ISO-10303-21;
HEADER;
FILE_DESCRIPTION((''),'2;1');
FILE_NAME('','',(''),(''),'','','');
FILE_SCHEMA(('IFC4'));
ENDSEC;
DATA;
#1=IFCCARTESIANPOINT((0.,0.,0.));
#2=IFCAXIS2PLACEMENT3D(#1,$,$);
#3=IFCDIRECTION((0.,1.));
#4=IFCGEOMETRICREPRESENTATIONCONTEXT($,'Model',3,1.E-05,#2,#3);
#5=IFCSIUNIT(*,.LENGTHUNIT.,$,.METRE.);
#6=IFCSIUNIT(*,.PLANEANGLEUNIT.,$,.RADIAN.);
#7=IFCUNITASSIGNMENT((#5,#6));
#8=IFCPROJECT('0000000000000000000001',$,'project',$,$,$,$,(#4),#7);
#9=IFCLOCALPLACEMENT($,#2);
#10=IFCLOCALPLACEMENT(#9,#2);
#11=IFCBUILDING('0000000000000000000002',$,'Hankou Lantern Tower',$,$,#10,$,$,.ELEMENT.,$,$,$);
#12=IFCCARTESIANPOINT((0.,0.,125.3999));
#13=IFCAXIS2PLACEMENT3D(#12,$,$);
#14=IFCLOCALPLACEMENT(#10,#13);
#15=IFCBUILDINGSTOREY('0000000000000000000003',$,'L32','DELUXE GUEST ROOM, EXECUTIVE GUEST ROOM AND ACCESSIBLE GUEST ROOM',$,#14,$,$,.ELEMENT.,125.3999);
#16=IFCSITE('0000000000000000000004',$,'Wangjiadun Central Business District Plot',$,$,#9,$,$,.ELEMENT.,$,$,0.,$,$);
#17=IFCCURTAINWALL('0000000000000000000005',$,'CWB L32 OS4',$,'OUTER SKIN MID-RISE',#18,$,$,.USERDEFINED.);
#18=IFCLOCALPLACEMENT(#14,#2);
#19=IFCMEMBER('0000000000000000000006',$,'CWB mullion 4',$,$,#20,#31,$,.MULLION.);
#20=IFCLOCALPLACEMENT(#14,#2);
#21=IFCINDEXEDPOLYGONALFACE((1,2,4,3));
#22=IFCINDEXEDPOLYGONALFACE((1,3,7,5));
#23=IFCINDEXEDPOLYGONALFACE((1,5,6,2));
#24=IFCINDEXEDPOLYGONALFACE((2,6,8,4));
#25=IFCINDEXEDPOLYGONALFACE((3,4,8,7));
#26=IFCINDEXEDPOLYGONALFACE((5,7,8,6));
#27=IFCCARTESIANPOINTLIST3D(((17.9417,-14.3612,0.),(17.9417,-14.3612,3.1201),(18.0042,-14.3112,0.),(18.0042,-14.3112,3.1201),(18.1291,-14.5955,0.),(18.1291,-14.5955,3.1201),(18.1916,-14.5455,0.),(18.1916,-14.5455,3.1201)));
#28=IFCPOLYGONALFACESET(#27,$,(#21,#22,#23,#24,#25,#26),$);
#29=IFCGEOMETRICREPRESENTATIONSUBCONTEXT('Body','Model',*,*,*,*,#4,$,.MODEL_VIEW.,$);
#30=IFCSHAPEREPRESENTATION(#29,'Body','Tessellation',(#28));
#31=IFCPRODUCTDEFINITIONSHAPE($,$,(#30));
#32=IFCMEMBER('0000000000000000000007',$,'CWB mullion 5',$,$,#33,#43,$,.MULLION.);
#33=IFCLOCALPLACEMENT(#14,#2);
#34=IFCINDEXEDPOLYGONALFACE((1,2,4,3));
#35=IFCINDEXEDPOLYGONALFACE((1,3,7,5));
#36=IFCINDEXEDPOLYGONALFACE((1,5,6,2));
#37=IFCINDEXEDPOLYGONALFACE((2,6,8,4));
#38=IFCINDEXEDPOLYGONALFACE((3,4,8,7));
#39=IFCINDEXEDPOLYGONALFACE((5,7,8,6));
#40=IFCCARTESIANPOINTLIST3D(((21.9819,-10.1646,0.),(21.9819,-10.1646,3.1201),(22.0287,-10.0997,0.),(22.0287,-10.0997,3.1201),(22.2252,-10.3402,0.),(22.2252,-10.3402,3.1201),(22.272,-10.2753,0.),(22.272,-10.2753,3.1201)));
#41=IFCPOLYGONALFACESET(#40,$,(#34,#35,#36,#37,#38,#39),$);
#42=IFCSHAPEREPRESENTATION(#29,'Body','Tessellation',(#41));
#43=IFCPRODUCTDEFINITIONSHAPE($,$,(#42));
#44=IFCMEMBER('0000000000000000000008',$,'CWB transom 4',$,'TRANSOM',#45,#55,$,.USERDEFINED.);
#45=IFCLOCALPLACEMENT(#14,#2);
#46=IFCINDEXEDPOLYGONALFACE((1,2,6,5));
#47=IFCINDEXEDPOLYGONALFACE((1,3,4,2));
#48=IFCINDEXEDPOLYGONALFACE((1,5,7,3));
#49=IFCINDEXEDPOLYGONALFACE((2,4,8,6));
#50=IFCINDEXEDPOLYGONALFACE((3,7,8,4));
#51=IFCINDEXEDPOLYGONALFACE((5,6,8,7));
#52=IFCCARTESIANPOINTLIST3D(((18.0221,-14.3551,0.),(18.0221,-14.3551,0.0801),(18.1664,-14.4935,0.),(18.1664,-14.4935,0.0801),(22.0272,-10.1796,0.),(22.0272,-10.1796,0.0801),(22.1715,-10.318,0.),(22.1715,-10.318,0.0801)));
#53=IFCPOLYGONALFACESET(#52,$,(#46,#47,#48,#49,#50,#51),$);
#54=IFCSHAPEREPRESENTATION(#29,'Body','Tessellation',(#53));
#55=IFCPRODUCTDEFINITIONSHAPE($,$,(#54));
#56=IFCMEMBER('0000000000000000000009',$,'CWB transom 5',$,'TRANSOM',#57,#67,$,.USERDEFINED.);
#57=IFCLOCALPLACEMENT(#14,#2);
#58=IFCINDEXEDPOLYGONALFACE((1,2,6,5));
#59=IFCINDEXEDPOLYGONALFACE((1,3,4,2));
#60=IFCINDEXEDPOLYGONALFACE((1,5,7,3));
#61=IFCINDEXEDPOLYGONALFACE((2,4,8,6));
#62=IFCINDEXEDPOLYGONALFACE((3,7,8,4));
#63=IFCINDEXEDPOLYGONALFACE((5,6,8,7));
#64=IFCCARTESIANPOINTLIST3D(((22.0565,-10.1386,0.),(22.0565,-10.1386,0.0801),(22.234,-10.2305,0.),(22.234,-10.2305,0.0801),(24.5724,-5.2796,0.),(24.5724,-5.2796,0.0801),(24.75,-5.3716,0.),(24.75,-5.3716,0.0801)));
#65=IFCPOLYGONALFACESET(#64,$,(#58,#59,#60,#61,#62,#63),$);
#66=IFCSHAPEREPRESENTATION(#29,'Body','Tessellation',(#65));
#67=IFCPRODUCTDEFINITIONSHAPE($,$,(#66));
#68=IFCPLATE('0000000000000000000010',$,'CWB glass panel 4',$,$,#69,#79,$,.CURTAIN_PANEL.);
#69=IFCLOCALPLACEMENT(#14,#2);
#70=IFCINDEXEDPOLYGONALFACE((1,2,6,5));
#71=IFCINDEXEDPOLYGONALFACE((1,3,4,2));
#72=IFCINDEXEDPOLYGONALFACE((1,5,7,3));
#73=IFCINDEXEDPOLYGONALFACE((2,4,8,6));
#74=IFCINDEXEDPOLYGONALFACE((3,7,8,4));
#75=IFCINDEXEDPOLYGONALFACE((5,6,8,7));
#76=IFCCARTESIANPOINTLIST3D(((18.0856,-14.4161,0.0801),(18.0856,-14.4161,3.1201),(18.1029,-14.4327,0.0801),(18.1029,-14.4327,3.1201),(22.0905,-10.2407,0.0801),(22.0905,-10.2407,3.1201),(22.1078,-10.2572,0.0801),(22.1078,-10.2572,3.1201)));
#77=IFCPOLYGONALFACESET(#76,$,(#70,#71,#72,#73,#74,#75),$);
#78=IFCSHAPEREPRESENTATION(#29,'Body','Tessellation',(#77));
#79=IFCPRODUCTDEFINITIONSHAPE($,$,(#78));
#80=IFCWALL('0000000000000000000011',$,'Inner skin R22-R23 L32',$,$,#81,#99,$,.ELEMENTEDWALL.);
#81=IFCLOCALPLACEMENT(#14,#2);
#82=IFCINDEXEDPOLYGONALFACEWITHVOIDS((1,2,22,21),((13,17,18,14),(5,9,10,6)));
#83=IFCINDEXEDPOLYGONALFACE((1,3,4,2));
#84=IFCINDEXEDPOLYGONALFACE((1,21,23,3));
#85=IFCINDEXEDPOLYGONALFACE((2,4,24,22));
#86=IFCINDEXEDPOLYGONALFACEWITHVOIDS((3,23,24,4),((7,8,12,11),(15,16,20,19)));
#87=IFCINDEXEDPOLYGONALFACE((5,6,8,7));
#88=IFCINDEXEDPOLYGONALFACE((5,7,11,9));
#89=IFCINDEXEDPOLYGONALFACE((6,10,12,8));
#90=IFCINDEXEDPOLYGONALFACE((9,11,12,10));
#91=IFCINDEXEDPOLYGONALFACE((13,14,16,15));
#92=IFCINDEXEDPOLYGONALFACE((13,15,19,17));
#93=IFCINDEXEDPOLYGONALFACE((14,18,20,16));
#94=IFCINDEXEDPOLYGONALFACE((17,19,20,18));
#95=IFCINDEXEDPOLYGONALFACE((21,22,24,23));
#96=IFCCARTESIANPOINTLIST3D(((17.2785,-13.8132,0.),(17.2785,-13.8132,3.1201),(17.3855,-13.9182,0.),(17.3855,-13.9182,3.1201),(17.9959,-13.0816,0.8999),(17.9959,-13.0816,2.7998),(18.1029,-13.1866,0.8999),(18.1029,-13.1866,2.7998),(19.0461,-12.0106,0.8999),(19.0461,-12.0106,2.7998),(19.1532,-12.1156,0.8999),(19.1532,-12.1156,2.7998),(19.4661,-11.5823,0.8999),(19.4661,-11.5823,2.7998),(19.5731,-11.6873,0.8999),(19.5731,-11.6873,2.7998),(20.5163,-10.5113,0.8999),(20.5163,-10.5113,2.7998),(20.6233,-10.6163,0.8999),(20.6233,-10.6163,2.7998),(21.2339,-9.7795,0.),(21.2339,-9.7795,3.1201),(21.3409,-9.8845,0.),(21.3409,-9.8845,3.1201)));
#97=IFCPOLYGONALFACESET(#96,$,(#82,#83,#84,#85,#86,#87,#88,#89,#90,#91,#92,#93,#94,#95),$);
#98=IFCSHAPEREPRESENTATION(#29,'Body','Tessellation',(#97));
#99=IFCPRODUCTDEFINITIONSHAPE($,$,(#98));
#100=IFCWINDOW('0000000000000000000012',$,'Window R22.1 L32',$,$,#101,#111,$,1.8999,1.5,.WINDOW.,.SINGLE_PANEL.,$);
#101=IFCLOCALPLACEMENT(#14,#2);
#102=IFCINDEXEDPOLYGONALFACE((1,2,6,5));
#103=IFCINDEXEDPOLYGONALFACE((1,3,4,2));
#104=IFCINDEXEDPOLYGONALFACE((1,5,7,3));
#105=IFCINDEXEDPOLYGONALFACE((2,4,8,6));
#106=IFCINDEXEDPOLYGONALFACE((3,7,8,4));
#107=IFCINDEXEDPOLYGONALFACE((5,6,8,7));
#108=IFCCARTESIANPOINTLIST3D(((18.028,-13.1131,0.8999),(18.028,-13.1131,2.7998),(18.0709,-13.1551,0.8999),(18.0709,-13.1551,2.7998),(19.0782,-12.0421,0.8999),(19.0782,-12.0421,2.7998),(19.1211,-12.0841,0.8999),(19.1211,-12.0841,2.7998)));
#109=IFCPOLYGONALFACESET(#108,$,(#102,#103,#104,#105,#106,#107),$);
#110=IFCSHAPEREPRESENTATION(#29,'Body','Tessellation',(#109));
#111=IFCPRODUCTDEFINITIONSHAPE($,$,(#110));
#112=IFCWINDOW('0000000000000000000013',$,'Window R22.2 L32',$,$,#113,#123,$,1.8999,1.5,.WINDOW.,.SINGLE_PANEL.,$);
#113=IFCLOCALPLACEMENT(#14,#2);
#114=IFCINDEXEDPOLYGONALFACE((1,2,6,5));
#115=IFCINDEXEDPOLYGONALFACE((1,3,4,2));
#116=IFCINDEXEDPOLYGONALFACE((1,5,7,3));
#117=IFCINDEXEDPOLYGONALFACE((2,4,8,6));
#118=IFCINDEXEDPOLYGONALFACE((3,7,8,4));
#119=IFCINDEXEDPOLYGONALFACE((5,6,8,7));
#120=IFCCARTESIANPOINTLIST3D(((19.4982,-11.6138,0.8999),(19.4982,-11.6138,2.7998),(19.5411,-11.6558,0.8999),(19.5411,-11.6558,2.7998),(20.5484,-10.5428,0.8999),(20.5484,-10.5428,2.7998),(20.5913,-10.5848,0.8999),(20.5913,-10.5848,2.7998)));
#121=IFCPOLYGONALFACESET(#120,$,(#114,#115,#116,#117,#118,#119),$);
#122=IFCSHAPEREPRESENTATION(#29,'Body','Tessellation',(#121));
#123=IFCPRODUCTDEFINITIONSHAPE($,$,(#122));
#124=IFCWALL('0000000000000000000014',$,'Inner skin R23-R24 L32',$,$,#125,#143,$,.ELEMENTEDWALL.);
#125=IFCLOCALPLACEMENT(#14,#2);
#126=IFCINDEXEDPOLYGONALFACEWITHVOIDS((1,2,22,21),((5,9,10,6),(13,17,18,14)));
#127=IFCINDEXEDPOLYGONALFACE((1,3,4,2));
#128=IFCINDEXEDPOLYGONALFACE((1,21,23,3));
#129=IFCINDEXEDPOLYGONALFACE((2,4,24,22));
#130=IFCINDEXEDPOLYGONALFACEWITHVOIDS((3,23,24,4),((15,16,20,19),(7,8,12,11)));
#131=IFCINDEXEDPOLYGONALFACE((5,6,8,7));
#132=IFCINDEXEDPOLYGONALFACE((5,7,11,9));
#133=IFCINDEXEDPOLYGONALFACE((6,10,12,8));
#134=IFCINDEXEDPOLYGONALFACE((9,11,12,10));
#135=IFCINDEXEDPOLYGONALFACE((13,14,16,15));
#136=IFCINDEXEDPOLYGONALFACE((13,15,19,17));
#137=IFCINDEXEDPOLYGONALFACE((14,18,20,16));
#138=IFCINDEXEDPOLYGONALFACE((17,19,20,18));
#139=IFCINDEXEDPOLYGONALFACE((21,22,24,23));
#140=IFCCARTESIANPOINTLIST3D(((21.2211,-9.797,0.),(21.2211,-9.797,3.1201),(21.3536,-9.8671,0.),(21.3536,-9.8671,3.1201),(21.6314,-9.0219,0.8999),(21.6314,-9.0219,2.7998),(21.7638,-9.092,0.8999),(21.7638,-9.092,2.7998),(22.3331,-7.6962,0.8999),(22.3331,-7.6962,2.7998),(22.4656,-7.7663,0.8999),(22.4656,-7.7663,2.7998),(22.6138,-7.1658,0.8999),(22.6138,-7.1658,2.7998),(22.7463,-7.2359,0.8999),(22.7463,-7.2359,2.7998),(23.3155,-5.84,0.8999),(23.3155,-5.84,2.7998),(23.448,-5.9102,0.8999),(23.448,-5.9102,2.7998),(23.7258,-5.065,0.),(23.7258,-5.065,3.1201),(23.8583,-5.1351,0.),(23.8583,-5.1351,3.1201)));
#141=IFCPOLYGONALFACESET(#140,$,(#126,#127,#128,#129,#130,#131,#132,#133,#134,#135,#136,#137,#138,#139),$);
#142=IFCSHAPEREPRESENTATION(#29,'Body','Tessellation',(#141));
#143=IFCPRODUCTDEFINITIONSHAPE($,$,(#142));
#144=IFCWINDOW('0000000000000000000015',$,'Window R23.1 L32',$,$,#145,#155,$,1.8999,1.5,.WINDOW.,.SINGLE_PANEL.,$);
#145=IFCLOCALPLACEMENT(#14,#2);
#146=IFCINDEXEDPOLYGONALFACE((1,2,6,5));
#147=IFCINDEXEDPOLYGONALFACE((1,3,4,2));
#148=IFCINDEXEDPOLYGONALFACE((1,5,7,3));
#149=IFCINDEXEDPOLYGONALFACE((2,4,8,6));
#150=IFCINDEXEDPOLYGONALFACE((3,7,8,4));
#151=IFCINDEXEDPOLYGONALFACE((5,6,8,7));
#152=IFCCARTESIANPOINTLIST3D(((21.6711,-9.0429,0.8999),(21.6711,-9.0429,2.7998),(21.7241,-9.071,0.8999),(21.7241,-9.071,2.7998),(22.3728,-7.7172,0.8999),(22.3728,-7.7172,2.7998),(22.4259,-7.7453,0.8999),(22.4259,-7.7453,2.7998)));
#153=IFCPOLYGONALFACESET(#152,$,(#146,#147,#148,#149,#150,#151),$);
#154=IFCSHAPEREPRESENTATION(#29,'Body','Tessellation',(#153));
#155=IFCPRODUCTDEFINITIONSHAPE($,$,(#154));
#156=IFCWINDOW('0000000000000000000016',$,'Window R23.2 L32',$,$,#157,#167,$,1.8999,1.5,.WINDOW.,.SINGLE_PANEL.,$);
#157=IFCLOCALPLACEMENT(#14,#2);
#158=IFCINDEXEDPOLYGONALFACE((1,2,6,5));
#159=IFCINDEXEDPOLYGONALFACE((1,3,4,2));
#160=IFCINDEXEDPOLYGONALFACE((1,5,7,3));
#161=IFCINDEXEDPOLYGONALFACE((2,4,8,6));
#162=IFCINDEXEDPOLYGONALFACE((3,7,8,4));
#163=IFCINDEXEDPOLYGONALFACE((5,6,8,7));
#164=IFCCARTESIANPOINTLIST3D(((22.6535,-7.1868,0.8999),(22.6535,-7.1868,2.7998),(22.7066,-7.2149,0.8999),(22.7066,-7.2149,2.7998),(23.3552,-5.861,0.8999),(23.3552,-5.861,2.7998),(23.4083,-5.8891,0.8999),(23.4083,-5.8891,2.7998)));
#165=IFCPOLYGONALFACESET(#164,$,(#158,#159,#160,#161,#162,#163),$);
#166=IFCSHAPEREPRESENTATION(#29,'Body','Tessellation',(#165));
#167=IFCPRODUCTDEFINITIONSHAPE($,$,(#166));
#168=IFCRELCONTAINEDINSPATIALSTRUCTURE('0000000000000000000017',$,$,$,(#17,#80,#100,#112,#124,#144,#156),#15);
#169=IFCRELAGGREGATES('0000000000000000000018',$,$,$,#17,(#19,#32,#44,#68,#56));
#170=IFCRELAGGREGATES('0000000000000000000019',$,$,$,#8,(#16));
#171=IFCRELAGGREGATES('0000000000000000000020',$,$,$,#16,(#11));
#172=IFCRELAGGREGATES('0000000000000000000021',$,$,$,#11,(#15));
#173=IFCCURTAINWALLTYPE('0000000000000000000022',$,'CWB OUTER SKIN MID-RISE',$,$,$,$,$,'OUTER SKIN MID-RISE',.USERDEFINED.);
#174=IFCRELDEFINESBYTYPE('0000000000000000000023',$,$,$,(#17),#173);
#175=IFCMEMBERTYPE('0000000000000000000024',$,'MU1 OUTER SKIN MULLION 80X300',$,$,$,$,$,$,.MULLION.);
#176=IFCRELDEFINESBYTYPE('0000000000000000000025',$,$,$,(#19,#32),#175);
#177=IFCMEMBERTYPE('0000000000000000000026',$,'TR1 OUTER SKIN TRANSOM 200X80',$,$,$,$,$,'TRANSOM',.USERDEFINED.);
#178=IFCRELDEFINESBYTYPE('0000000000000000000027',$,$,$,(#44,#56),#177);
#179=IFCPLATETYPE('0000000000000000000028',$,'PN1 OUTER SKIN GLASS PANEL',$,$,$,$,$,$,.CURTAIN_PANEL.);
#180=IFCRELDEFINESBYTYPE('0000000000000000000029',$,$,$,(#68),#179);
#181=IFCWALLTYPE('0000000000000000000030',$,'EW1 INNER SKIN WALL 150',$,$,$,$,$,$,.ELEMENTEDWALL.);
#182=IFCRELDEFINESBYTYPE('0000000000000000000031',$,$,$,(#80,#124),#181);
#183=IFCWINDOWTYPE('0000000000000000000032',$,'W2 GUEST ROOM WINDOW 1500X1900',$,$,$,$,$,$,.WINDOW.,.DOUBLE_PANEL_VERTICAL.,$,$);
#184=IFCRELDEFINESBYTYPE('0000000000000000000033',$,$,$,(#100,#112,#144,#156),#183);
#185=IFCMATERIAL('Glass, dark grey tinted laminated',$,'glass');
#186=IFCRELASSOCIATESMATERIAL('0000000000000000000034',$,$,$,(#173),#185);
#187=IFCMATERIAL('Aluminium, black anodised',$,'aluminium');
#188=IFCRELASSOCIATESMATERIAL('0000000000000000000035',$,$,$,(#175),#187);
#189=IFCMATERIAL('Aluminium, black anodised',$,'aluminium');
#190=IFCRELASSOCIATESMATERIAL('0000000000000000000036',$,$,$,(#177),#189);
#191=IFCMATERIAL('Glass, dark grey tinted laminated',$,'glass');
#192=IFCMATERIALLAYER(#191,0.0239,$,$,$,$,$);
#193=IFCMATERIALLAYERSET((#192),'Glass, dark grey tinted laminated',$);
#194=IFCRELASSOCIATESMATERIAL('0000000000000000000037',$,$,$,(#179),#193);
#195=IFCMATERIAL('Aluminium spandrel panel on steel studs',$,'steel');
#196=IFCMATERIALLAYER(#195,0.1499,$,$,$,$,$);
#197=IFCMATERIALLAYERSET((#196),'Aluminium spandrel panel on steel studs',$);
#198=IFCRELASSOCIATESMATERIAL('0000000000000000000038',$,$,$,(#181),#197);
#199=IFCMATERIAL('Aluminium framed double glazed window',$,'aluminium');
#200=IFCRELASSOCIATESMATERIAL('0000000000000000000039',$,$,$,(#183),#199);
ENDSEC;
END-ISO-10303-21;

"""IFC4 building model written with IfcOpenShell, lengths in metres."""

from ifc_helpers import new_model, si_unit, direction, frame, frame_2d, origin, origin_2d, place, context, subcontext, project, spatial, rectangle, extrude, material, layer, layer_set, material_profile, profile_set, type_object, element, fill, aggregate, save


model = new_model("IFC4")

# Units and contexts
model_context = context("Model", 3, precision=1e-05, world=origin(), true_north=direction((0.0, 1.0)))
body_context = subcontext(model_context, "Body", "Model", "MODEL_VIEW")
ifc_project = project(units=[si_unit("LENGTHUNIT", "METRE"), si_unit("PLANEANGLEUNIT", "RADIAN")], contexts=[model_context])

# Site, building, storey
site_placement = place(None, origin())
site = spatial("IfcSite", under=ifc_project, at=site_placement, Name="Wangjiadun Central Business District Plot", CompositionType="ELEMENT", RefElevation=0.0)
building_placement = place(site_placement, origin())
building = spatial("IfcBuilding", under=site, at=building_placement, Name="Hankou Lantern Tower", CompositionType="ELEMENT")
storey_placement = place(building_placement, frame((0.0, 0.0, 125.3999)))
storey = spatial("IfcBuildingStorey", under=building, at=storey_placement, Name="L32", Description="DELUXE GUEST ROOM, EXECUTIVE GUEST ROOM AND ACCESSIBLE GUEST ROOM", CompositionType="ELEMENT", Elevation=125.3999)

# Curtain wall, members, plate
ifc_material_1 = material(Name="Glass, dark grey tinted laminated", Category="glass")
curtain_wall_type = type_object("IfcCurtainWallType", Name="CWB OUTER SKIN MID-RISE", ElementType="OUTER SKIN MID-RISE", PredefinedType="USERDEFINED", material=ifc_material_1)
curtain_wall_placement = place(storey_placement, origin())
curtain_wall = element("IfcCurtainWall", 1, at=curtain_wall_placement, inside=storey, type_object=curtain_wall_type, Name="CWB L32 OS4", ObjectType="OUTER SKIN MID-RISE", PredefinedType="USERDEFINED")
ifc_material_2 = material(Name="Aluminium, black anodised", Category="aluminium")
ifc_material_profile_1 = material_profile(ifc_material_2, rectangle(XDim=0.0801, YDim=0.3, at=origin_2d()), Name="MU1 80X300")
ifc_profile_set_1 = profile_set([ifc_material_profile_1], Name="Aluminium, black anodised")
member_type_1 = type_object("IfcMemberType", Name="MU1 OUTER SKIN MULLION 80X300", PredefinedType="MULLION", material=ifc_profile_set_1)
member_1_placement = place(storey_placement, frame((18.0667, -14.4534, 0.0), z_axis=(0.0, 0.0, 1.0), x_axis=(0.780869, 0.624695, 0.0)))
member_1 = element("IfcMember", 2, at=member_1_placement, type_object=member_type_1, Name="CWB mullion 4", PredefinedType="MULLION", context=body_context, shape_type="SweptSolid", body=[
    extrude(rectangle(XDim=0.0801, YDim=0.3, at=origin_2d()), origin(), (0.0, 0.0, 1.0), 3.1201),
])
member_2_placement = place(storey_placement, frame((22.127, -10.22, 0.0), z_axis=(0.0, 0.0, 1.0), x_axis=(0.585206, 0.810885, 0.0)))
member_2 = element("IfcMember", 3, at=member_2_placement, type_object=member_type_1, Name="CWB mullion 5", PredefinedType="MULLION", context=body_context, shape_type="SweptSolid", body=[
    extrude(rectangle(XDim=0.0801, YDim=0.3, at=origin_2d()), origin(), (0.0, 0.0, 1.0), 3.1201),
])
ifc_material_3 = material(Name="Aluminium, black anodised", Category="aluminium")
ifc_material_profile_2 = material_profile(ifc_material_3, rectangle(XDim=0.2, YDim=0.0801, at=origin_2d()), Name="TR1 200X80")
ifc_profile_set_2 = profile_set([ifc_material_profile_2], Name="Aluminium, black anodised")
member_type_2 = type_object("IfcMemberType", Name="TR1 OUTER SKIN TRANSOM 200X80", ElementType="TRANSOM", PredefinedType="USERDEFINED", material=ifc_profile_set_2)
member_3_placement = place(storey_placement, frame((18.0942, -14.4243, 0.04), z_axis=(0.692227, 0.72168, 0.0), x_axis=(-0.72168, 0.692227, 0.0)))
member_3 = element("IfcMember", 4, at=member_3_placement, type_object=member_type_2, Name="CWB transom 4", ObjectType="TRANSOM", PredefinedType="USERDEFINED", context=body_context, shape_type="SweptSolid", body=[
    extrude(rectangle(XDim=0.2, YDim=0.0801, at=origin_2d()), origin(), (0.0, 0.0, 1.0), 5.7859),
])
member_4_placement = place(storey_placement, frame((22.1453, -10.1846, 0.04), z_axis=(0.459805, 0.88802, 0.0), x_axis=(-0.88802, 0.459805, 0.0)))
member_4 = element("IfcMember", 5, at=member_4_placement, type_object=member_type_2, Name="CWB transom 5", ObjectType="TRANSOM", PredefinedType="USERDEFINED", context=body_context, shape_type="SweptSolid", body=[
    extrude(rectangle(XDim=0.2, YDim=0.0801, at=origin_2d()), origin(), (0.0, 0.0, 1.0), 5.4717),
])
ifc_material_4 = material(Name="Glass, dark grey tinted laminated", Category="glass")
ifc_layer_1 = layer(ifc_material_4, 0.0239)
ifc_layer_set_1 = layer_set([ifc_layer_1], Name="Glass, dark grey tinted laminated")
plate_type = type_object("IfcPlateType", Name="PN1 OUTER SKIN GLASS PANEL", PredefinedType="CURTAIN_PANEL", material=ifc_layer_set_1)
plate_placement = place(storey_placement, frame((20.0967, -12.3367, 0.0801), z_axis=(0.0, 0.0, 1.0), x_axis=(0.692216, 0.721691, 0.0)))
plate = element("IfcPlate", 6, at=plate_placement, type_object=plate_type, Name="CWB glass panel 4", PredefinedType="CURTAIN_PANEL", context=body_context, shape_type="SweptSolid", body=[
    extrude(rectangle(XDim=5.7856, YDim=0.0239, at=origin_2d()), origin(), (0.0, 0.0, 1.0), 3.04),
])
aggregate(curtain_wall, [member_1, member_2, member_3, plate, member_4])

# Walls, openings, windows
ifc_material_5 = material(Name="Aluminium spandrel panel on steel studs", Category="steel")
ifc_layer_2 = layer(ifc_material_5, 0.1499)
ifc_layer_set_2 = layer_set([ifc_layer_2], Name="Aluminium spandrel panel on steel studs")
wall_type = type_object("IfcWallType", Name="EW1 INNER SKIN WALL 150", PredefinedType="ELEMENTEDWALL", material=ifc_layer_set_2)
wall_1_placement = place(storey_placement, frame((17.332, -13.8657, 0.0), z_axis=(0.0, 0.0, 1.0), x_axis=(0.700137, 0.714009, 0.0)))
wall_1 = element("IfcWall", 7, at=wall_1_placement, inside=storey, type_object=wall_type, Name="Inner skin R22-R23 L32", PredefinedType="ELEMENTEDWALL", context=body_context, shape_type="SweptSolid", body=[
    extrude(rectangle(XDim=5.6494, YDim=0.1499, at=frame_2d((2.8247, 0.0))), origin(), (0.0, 0.0, 1.0), 3.1201),
])
opening_1_placement = place(wall_1_placement, frame((1.0247, 0.0, 0.8999)))
opening_1 = element("IfcOpeningElement", 8, at=opening_1_placement, cuts=wall_1, PredefinedType="OPENING", context=body_context, shape_type="SweptSolid", body=[
    extrude(rectangle(XDim=1.5, YDim=1.8999, at=frame_2d((0.75, 0.95))), frame((0.0, 0.085, 0.0), z_axis=(0.0, -1.0, 0.0), x_axis=(1.0, 0.0, 0.0)), (0.0, 0.0, 1.0), 0.1699),
])
opening_2_placement = place(wall_1_placement, frame((3.1245, 0.0, 0.8999)))
opening_2 = element("IfcOpeningElement", 9, at=opening_2_placement, cuts=wall_1, PredefinedType="OPENING", context=body_context, shape_type="SweptSolid", body=[
    extrude(rectangle(XDim=1.5, YDim=1.8999, at=frame_2d((0.75, 0.95))), frame((0.0, 0.085, 0.0), z_axis=(0.0, -1.0, 0.0), x_axis=(1.0, 0.0, 0.0)), (0.0, 0.0, 1.0), 0.1699),
])
ifc_material_6 = material(Name="Aluminium framed double glazed window", Category="aluminium")
window_type = type_object("IfcWindowType", Name="W2 GUEST ROOM WINDOW 1500X1900", PartitioningType="DOUBLE_PANEL_VERTICAL", PredefinedType="WINDOW", material=ifc_material_6)
window_1_placement = place(opening_1_placement, origin())
window_1 = element("IfcWindow", 10, at=window_1_placement, inside=storey, type_object=window_type, Name="Window R22.1 L32", OverallHeight=1.8999, OverallWidth=1.5, PartitioningType="SINGLE_PANEL", PredefinedType="WINDOW", context=body_context, shape_type="SweptSolid", body=[
    extrude(rectangle(XDim=1.5, YDim=1.8999, at=frame_2d((0.75, 0.95))), frame((0.0, 0.03, 0.0), z_axis=(0.0, -1.0, 0.0), x_axis=(1.0, 0.0, 0.0)), (0.0, 0.0, 1.0), 0.0601),
])
fill(opening_1, window_1)
window_2_placement = place(opening_2_placement, origin())
window_2 = element("IfcWindow", 11, at=window_2_placement, inside=storey, type_object=window_type, Name="Window R22.2 L32", OverallHeight=1.8999, OverallWidth=1.5, PartitioningType="SINGLE_PANEL", PredefinedType="WINDOW", context=body_context, shape_type="SweptSolid", body=[
    extrude(rectangle(XDim=1.5, YDim=1.8999, at=frame_2d((0.75, 0.95))), frame((0.0, 0.03, 0.0), z_axis=(0.0, -1.0, 0.0), x_axis=(1.0, 0.0, 0.0)), (0.0, 0.0, 1.0), 0.0601),
])
fill(opening_2, window_2)
wall_2_placement = place(storey_placement, frame((21.2874, -9.832, 0.0), z_axis=(0.0, 0.0, 1.0), x_axis=(0.467814, 0.883827, 0.0)))
wall_2 = element("IfcWall", 12, at=wall_2_placement, inside=storey, type_object=wall_type, Name="Inner skin R23-R24 L32", PredefinedType="ELEMENTEDWALL", context=body_context, shape_type="SweptSolid", body=[
    extrude(rectangle(XDim=5.354, YDim=0.1499, at=frame_2d((2.677, 0.0))), origin(), (0.0, 0.0, 1.0), 3.1201),
])
opening_3_placement = place(wall_2_placement, frame((0.877, 0.0, 0.8999)))
opening_3 = element("IfcOpeningElement", 13, at=opening_3_placement, cuts=wall_2, PredefinedType="OPENING", context=body_context, shape_type="SweptSolid", body=[
    extrude(rectangle(XDim=1.5, YDim=1.8999, at=frame_2d((0.75, 0.95))), frame((0.0, 0.085, 0.0), z_axis=(0.0, -1.0, 0.0), x_axis=(1.0, 0.0, 0.0)), (0.0, 0.0, 1.0), 0.1699),
])
opening_4_placement = place(wall_2_placement, frame((2.9771, 0.0, 0.8999)))
opening_4 = element("IfcOpeningElement", 14, at=opening_4_placement, cuts=wall_2, PredefinedType="OPENING", context=body_context, shape_type="SweptSolid", body=[
    extrude(rectangle(XDim=1.5, YDim=1.8999, at=frame_2d((0.75, 0.95))), frame((0.0, 0.085, 0.0), z_axis=(0.0, -1.0, 0.0), x_axis=(1.0, 0.0, 0.0)), (0.0, 0.0, 1.0), 0.1699),
])
window_3_placement = place(opening_3_placement, origin())
window_3 = element("IfcWindow", 15, at=window_3_placement, inside=storey, type_object=window_type, Name="Window R23.1 L32", OverallHeight=1.8999, OverallWidth=1.5, PartitioningType="SINGLE_PANEL", PredefinedType="WINDOW", context=body_context, shape_type="SweptSolid", body=[
    extrude(rectangle(XDim=1.5, YDim=1.8999, at=frame_2d((0.75, 0.95))), frame((0.0, 0.03, 0.0), z_axis=(0.0, -1.0, 0.0), x_axis=(1.0, 0.0, 0.0)), (0.0, 0.0, 1.0), 0.0601),
])
fill(opening_3, window_3)
window_4_placement = place(opening_4_placement, origin())
window_4 = element("IfcWindow", 16, at=window_4_placement, inside=storey, type_object=window_type, Name="Window R23.2 L32", OverallHeight=1.8999, OverallWidth=1.5, PartitioningType="SINGLE_PANEL", PredefinedType="WINDOW", context=body_context, shape_type="SweptSolid", body=[
    extrude(rectangle(XDim=1.5, YDim=1.8999, at=frame_2d((0.75, 0.95))), frame((0.0, 0.03, 0.0), z_axis=(0.0, -1.0, 0.0), x_axis=(1.0, 0.0, 0.0)), (0.0, 0.0, 1.0), 0.0601),
])
fill(opening_4, window_4)

save(model, "model.ifc")
